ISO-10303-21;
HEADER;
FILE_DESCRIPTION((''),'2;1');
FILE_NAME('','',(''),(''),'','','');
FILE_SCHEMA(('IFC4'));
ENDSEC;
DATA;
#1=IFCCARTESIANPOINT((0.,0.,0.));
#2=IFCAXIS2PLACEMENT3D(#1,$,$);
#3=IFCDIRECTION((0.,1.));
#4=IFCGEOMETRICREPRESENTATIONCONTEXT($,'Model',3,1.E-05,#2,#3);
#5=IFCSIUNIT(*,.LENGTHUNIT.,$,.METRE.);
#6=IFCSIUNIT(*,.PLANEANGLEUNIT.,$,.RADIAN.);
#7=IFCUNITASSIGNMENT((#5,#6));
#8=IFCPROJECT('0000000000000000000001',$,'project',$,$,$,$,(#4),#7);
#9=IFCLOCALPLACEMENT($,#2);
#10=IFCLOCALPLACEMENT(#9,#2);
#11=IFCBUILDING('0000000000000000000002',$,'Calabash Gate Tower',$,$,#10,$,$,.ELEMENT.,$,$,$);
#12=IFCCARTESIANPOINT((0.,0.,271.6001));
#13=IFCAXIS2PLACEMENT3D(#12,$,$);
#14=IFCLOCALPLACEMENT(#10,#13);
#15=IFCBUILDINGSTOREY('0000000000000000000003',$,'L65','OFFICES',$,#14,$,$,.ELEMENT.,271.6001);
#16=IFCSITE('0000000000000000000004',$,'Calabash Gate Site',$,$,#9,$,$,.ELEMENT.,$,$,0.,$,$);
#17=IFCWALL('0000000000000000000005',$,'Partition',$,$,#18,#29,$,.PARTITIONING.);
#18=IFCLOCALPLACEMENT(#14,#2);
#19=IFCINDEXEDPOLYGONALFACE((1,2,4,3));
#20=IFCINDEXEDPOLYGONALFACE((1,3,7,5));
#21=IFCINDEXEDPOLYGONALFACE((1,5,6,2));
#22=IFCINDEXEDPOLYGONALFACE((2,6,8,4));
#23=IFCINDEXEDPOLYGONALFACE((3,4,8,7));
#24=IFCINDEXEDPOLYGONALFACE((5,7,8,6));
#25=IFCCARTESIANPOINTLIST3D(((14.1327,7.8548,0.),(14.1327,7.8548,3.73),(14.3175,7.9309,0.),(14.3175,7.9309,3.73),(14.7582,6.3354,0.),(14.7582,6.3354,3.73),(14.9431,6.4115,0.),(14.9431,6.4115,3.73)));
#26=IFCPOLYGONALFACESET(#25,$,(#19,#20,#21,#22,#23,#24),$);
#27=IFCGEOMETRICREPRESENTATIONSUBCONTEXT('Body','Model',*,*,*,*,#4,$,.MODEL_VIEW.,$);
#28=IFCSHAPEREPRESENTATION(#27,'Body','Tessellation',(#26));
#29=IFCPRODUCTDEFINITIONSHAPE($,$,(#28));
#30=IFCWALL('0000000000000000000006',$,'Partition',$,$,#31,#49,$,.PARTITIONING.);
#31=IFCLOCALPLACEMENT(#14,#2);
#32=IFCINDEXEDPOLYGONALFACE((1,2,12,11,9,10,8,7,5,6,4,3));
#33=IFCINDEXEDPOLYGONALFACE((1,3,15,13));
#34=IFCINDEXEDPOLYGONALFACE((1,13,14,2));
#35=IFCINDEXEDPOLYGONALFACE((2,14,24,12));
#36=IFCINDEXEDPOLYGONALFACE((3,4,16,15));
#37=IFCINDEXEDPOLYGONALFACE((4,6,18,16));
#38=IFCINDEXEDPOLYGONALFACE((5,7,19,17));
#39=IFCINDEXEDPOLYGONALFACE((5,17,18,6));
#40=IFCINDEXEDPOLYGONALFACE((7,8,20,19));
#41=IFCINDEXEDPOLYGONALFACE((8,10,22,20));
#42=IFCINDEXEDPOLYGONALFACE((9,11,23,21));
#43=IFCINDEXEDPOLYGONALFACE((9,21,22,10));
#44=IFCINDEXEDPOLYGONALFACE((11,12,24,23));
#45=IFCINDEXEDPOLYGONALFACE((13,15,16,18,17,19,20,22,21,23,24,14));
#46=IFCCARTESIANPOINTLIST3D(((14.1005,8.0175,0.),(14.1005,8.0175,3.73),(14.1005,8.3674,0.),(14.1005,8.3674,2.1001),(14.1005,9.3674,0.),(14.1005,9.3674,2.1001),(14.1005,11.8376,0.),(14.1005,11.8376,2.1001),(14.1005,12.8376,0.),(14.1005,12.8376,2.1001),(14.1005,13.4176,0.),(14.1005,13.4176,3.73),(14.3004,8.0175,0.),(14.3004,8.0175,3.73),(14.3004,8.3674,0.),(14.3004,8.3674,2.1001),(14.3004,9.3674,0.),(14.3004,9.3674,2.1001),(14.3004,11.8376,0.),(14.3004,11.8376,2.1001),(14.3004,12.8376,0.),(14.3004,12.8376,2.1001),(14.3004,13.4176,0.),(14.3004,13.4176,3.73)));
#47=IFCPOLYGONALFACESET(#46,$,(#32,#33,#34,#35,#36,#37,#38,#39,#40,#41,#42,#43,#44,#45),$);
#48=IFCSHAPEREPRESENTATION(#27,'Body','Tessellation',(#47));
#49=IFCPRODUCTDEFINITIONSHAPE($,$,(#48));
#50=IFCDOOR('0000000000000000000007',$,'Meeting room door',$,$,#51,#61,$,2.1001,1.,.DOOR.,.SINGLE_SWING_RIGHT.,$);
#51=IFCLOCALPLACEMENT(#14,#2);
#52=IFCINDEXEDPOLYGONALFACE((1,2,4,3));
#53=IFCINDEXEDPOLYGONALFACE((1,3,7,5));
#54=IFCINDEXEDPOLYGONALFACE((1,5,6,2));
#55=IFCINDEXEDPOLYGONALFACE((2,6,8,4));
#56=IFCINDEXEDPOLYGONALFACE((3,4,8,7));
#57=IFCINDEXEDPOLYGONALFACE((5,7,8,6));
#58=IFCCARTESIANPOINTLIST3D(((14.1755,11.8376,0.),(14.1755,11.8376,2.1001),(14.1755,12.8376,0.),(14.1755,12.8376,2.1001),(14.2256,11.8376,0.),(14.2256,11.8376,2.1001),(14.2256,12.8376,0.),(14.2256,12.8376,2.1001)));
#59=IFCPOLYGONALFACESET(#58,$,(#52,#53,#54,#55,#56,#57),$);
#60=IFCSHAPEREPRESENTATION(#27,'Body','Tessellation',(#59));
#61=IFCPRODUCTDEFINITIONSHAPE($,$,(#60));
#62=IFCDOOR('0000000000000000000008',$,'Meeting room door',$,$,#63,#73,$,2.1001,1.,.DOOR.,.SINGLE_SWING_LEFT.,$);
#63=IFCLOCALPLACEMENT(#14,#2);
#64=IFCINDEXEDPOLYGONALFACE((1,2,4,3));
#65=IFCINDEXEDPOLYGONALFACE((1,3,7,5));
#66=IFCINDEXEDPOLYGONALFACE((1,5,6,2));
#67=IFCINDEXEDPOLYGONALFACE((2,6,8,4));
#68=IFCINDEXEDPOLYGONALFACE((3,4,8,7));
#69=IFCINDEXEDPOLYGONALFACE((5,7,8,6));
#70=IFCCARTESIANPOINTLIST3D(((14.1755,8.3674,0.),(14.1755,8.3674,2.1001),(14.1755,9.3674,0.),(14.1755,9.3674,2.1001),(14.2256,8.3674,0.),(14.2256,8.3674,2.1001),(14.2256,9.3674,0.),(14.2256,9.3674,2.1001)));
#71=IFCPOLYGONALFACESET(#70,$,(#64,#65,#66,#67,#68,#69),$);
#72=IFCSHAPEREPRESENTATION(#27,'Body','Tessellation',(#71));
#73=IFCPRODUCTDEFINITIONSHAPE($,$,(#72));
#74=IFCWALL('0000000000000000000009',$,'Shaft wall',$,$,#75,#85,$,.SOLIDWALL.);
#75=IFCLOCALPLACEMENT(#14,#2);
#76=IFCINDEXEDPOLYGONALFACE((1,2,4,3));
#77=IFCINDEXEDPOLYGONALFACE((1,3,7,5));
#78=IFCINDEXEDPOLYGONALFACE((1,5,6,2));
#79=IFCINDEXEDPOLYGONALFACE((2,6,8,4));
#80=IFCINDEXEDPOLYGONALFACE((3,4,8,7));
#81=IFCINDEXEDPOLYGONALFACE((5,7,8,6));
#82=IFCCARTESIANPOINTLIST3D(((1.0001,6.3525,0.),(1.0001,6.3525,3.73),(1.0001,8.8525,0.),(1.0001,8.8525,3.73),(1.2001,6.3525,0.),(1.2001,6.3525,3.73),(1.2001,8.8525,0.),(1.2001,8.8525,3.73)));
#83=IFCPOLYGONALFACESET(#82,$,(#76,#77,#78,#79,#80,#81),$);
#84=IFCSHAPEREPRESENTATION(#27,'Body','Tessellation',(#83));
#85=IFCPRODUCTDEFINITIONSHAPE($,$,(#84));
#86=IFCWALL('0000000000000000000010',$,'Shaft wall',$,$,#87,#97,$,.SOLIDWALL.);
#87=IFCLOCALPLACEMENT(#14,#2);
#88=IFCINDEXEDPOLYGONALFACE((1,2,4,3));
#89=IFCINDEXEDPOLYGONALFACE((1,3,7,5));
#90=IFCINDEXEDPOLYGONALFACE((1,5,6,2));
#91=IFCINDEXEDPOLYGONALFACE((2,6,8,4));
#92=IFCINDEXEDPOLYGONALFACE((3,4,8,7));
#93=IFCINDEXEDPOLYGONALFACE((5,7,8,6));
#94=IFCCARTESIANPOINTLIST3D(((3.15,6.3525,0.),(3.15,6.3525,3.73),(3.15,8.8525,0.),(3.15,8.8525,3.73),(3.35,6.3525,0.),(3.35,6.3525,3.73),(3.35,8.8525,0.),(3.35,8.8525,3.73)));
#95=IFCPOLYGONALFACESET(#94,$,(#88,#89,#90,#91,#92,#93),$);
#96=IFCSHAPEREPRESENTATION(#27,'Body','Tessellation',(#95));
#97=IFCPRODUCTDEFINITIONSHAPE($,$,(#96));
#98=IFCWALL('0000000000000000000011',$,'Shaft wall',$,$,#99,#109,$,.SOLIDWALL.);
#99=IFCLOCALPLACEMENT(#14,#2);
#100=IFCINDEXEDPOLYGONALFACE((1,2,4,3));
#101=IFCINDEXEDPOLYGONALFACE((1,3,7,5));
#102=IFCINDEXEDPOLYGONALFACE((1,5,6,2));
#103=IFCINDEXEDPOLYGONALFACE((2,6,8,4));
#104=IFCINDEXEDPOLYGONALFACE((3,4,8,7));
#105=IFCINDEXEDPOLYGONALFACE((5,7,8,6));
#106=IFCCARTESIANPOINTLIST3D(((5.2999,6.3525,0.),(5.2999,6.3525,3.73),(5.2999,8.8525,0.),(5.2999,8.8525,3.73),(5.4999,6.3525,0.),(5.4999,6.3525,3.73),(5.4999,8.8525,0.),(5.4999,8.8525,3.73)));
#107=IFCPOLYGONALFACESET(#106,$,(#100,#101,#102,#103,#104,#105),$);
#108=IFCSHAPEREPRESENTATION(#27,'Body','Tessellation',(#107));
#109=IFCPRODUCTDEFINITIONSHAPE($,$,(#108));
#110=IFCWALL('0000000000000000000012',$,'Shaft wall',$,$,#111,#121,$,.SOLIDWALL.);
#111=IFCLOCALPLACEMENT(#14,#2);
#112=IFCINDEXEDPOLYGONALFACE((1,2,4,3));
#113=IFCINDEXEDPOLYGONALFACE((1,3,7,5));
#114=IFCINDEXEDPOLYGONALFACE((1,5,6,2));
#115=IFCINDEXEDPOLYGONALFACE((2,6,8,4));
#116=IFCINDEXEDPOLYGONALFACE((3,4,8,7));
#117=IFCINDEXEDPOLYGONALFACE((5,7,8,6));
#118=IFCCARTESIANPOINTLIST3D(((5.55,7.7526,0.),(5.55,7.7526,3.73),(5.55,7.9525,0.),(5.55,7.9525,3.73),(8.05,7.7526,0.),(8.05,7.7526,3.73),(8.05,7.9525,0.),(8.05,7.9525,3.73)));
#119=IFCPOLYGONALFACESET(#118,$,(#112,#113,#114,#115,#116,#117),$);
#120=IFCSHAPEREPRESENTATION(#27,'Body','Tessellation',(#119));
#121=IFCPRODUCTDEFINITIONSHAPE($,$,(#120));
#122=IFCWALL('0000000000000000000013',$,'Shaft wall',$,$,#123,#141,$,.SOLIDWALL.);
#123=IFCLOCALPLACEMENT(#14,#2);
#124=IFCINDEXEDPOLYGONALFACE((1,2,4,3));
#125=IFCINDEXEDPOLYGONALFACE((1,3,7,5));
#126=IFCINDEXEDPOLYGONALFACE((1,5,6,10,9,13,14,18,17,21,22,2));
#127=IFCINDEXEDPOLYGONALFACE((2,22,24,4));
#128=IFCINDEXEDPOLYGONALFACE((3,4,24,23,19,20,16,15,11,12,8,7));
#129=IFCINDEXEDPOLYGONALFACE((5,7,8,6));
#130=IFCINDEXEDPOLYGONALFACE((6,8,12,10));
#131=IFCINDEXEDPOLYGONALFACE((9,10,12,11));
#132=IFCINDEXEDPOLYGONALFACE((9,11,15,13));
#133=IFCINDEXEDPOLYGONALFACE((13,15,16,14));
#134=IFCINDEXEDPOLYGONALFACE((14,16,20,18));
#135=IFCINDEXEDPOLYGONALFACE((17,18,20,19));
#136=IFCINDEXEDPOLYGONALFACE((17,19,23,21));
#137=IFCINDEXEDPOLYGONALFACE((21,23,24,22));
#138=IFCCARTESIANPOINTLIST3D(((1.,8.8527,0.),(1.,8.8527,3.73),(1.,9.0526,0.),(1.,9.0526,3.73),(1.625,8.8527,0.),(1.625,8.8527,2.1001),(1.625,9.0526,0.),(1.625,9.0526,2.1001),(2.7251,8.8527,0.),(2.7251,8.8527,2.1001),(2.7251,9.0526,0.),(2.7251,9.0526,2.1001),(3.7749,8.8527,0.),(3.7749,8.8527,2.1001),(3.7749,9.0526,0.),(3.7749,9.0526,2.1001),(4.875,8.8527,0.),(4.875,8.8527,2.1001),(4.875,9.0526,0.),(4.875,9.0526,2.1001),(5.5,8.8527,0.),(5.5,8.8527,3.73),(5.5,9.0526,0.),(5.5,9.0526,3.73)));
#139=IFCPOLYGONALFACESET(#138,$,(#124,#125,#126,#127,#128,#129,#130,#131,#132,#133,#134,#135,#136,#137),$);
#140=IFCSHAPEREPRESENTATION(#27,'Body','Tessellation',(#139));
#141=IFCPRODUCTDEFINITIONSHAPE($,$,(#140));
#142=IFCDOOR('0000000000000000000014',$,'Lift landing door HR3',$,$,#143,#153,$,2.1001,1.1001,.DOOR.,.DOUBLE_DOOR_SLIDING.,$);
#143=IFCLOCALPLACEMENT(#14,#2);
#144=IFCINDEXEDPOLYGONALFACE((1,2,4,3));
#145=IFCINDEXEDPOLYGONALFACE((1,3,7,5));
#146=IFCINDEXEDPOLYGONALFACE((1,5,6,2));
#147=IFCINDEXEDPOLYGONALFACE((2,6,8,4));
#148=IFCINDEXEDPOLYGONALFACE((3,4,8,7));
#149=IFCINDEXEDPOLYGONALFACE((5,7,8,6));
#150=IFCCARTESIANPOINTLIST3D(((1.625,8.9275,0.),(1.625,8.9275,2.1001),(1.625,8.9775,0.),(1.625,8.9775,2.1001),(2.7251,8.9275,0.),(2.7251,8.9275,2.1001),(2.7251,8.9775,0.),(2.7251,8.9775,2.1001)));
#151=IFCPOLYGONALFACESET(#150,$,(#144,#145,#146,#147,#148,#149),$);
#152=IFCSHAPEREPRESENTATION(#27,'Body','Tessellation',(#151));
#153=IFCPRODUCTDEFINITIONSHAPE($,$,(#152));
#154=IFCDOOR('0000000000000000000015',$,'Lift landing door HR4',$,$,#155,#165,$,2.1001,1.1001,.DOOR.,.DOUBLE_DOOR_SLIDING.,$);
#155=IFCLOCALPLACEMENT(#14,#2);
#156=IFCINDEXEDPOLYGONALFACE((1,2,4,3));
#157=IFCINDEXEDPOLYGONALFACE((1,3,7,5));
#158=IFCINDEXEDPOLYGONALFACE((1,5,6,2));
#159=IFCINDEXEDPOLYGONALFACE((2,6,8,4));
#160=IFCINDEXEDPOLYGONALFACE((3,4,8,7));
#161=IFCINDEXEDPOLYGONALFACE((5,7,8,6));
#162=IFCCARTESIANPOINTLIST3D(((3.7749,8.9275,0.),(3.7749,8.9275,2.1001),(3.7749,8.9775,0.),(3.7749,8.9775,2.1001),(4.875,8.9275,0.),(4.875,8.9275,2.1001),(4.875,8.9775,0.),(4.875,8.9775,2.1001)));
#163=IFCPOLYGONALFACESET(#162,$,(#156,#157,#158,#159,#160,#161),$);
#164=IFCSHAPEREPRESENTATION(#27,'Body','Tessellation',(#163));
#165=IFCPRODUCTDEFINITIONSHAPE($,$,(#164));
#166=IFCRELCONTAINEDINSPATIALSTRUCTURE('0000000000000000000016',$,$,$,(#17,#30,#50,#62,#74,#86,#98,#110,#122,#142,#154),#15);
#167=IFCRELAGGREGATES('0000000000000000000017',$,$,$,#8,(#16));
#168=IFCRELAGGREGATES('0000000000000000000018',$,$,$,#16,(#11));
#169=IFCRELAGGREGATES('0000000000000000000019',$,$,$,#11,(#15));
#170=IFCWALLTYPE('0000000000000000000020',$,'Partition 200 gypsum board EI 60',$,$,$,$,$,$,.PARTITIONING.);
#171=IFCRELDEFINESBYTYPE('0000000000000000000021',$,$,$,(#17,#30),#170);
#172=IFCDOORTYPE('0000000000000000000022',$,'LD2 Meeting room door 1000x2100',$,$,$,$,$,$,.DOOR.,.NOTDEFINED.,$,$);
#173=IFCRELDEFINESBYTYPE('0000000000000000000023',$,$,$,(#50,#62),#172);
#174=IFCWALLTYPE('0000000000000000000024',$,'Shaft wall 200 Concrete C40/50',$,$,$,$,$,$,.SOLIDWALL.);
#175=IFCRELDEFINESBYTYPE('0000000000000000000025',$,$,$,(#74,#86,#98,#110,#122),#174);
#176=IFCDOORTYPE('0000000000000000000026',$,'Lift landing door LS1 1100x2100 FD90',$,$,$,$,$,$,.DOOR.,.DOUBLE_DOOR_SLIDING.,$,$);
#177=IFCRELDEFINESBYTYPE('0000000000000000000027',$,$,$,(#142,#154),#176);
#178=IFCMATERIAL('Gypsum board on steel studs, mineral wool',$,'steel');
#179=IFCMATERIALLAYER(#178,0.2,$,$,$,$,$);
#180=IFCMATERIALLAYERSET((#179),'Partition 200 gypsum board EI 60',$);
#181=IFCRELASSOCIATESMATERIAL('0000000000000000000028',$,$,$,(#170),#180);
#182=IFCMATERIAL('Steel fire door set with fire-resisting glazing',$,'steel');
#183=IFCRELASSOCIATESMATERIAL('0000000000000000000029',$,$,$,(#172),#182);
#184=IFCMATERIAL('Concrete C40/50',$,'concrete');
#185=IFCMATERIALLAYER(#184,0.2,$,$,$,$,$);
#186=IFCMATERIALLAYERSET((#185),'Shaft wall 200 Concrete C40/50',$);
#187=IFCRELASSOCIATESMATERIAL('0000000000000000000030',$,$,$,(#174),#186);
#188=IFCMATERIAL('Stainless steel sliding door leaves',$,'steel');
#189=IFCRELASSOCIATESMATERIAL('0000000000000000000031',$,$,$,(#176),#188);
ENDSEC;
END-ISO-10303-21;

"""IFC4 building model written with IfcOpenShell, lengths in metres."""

from ifc_helpers import new_model, si_unit, direction, frame, frame_2d, origin, place, context, subcontext, project, spatial, rectangle, extrude, material, layer, layer_set, type_object, element, fill, save


model = new_model("IFC4")

# Units and contexts
model_context = context("Model", 3, precision=1e-05, world=origin(), true_north=direction((0.0, 1.0)))
body_context = subcontext(model_context, "Body", "Model", "MODEL_VIEW")
ifc_project = project(units=[si_unit("LENGTHUNIT", "METRE"), si_unit("PLANEANGLEUNIT", "RADIAN")], contexts=[model_context])

# Site, building, storey
site_placement = place(None, origin())
site = spatial("IfcSite", under=ifc_project, at=site_placement, Name="Calabash Gate Site", CompositionType="ELEMENT", RefElevation=0.0)
building_placement = place(site_placement, origin())
building = spatial("IfcBuilding", under=site, at=building_placement, Name="Calabash Gate Tower", CompositionType="ELEMENT")
storey_placement = place(building_placement, frame((0.0, 0.0, 271.6001)))
storey = spatial("IfcBuildingStorey", under=building, at=storey_placement, Name="L65", Description="OFFICES", CompositionType="ELEMENT", Elevation=271.6001)

# Wall
ifc_material_1 = material(Name="Gypsum board on steel studs, mineral wool", Category="steel")
ifc_layer_1 = layer(ifc_material_1, 0.2)
ifc_layer_set_1 = layer_set([ifc_layer_1], Name="Partition 200 gypsum board EI 60")
wall_type_1 = type_object("IfcWallType", Name="Partition 200 gypsum board EI 60", PredefinedType="PARTITIONING", material=ifc_layer_set_1)
wall_1_placement = place(storey_placement, frame((14.2251, 7.8928, 0.0), z_axis=(0.0, 0.0, 1.0), x_axis=(0.380697, -0.9247, 0.0)))
element("IfcWall", 1, at=wall_1_placement, inside=storey, type_object=wall_type_1, Name="Partition", PredefinedType="PARTITIONING", context=body_context, shape_type="SweptSolid", body=[
    extrude(rectangle(XDim=1.6431, YDim=0.2, at=frame_2d((0.8215, 0.0))), origin(), (0.0, 0.0, 1.0), 3.73),
])

# Wall, openings, doors
wall_2_placement = place(storey_placement, frame((14.2004, 8.0173, 0.0), z_axis=(0.0, 0.0, 1.0), x_axis=(0.0, 1.0, 0.0)))
wall_2 = element("IfcWall", 2, at=wall_2_placement, inside=storey, type_object=wall_type_1, Name="Partition", PredefinedType="PARTITIONING", context=body_context, shape_type="SweptSolid", body=[
    extrude(rectangle(XDim=5.4001, YDim=0.2, at=frame_2d((2.7002, 0.0))), origin(), (0.0, 0.0, 1.0), 3.73),
])
opening_1_placement = place(wall_2_placement, frame((3.8203, 0.0, 0.0)))
opening_1 = element("IfcOpeningElement", 3, at=opening_1_placement, cuts=wall_2, PredefinedType="OPENING", context=body_context, shape_type="SweptSolid", body=[
    extrude(rectangle(XDim=1.0, YDim=2.1001, at=frame_2d((0.5, 1.05))), frame((0.0, 0.1099, 0.0), z_axis=(0.0, -1.0, 0.0), x_axis=(1.0, 0.0, 0.0)), (0.0, 0.0, 1.0), 0.22),
])
opening_2_placement = place(wall_2_placement, frame((0.3501, 0.0, 0.0)))
opening_2 = element("IfcOpeningElement", 4, at=opening_2_placement, cuts=wall_2, PredefinedType="OPENING", context=body_context, shape_type="SweptSolid", body=[
    extrude(rectangle(XDim=1.0, YDim=2.1001, at=frame_2d((0.5, 1.05))), frame((0.0, 0.1099, 0.0), z_axis=(0.0, -1.0, 0.0), x_axis=(1.0, 0.0, 0.0)), (0.0, 0.0, 1.0), 0.22),
])
ifc_material_2 = material(Name="Steel fire door set with fire-resisting glazing", Category="steel")
door_type_1 = type_object("IfcDoorType", Name="LD2 Meeting room door 1000x2100", OperationType="NOTDEFINED", PredefinedType="DOOR", material=ifc_material_2)
door_1_placement = place(opening_1_placement, origin())
door_1 = element("IfcDoor", 5, at=door_1_placement, inside=storey, type_object=door_type_1, Name="Meeting room door", OperationType="SINGLE_SWING_RIGHT", OverallHeight=2.1001, OverallWidth=1.0, PredefinedType="DOOR", context=body_context, shape_type="SweptSolid", body=[
    extrude(rectangle(XDim=1.0, YDim=2.1001, at=frame_2d((0.5, 1.05))), frame((0.0, 0.0249, 0.0), z_axis=(0.0, -1.0, 0.0), x_axis=(1.0, 0.0, 0.0)), (0.0, 0.0, 1.0), 0.05),
])
fill(opening_1, door_1)
door_2_placement = place(opening_2_placement, origin())
door_2 = element("IfcDoor", 6, at=door_2_placement, inside=storey, type_object=door_type_1, Name="Meeting room door", OperationType="SINGLE_SWING_LEFT", OverallHeight=2.1001, OverallWidth=1.0, PredefinedType="DOOR", context=body_context, shape_type="SweptSolid", body=[
    extrude(rectangle(XDim=1.0, YDim=2.1001, at=frame_2d((0.5, 1.05))), frame((0.0, 0.0249, 0.0), z_axis=(0.0, -1.0, 0.0), x_axis=(1.0, 0.0, 0.0)), (0.0, 0.0, 1.0), 0.05),
])
fill(opening_2, door_2)

# Walls
ifc_material_3 = material(Name="Concrete C40/50", Category="concrete")
ifc_layer_2 = layer(ifc_material_3, 0.2)
ifc_layer_set_2 = layer_set([ifc_layer_2], Name="Shaft wall 200 Concrete C40/50")
wall_type_2 = type_object("IfcWallType", Name="Shaft wall 200 Concrete C40/50", PredefinedType="SOLIDWALL", material=ifc_layer_set_2)
for number, where, z_axis, x_axis, name in (
    (7, (1.1001, 6.3525, 0.0), (0.0, 0.0, 1.0), (0.0, 1.0, 0.0), "Shaft wall"),
    (8, (3.25, 6.3525, 0.0), (0.0, 0.0, 1.0), (0.0, 1.0, 0.0), "Shaft wall"),
    (9, (5.3999, 6.3525, 0.0), (0.0, 0.0, 1.0), (0.0, 1.0, 0.0), "Shaft wall"),
    (10, (5.55, 7.8525, 0.0), (0.0, 0.0, 1.0), (1.0, 0.0, 0.0), "Shaft wall"),
):
    element("IfcWall", number, at=place(storey_placement, frame(where, z_axis=z_axis, x_axis=x_axis)), inside=storey, type_object=wall_type_2, Name=name, PredefinedType="SOLIDWALL", context=body_context, shape_type="SweptSolid", body=[
        extrude(rectangle(XDim=2.5, YDim=0.2, at=frame_2d((1.25, 0.0))), origin(), (0.0, 0.0, 1.0), 3.73),
    ])

# Wall, openings, doors
wall_3_placement = place(storey_placement, frame((1.0, 8.9526, 0.0), z_axis=(0.0, 0.0, 1.0), x_axis=(1.0, 0.0, 0.0)))
wall_3 = element("IfcWall", 11, at=wall_3_placement, inside=storey, type_object=wall_type_2, Name="Shaft wall", PredefinedType="SOLIDWALL", context=body_context, shape_type="SweptSolid", body=[
    extrude(rectangle(XDim=4.5, YDim=0.2, at=frame_2d((2.25, 0.0))), origin(), (0.0, 0.0, 1.0), 3.73),
])
opening_3_placement = place(wall_3_placement, frame((0.625, 0.0, 0.0)))
opening_3 = element("IfcOpeningElement", 12, at=opening_3_placement, cuts=wall_3, PredefinedType="OPENING", context=body_context, shape_type="SweptSolid", body=[
    extrude(rectangle(XDim=1.1001, YDim=2.1001, at=frame_2d((0.55, 1.05))), frame((0.0, 0.1099, 0.0), z_axis=(0.0, -1.0, 0.0), x_axis=(1.0, 0.0, 0.0)), (0.0, 0.0, 1.0), 0.22),
])
opening_4_placement = place(wall_3_placement, frame((2.7749, 0.0, 0.0)))
opening_4 = element("IfcOpeningElement", 13, at=opening_4_placement, cuts=wall_3, PredefinedType="OPENING", context=body_context, shape_type="SweptSolid", body=[
    extrude(rectangle(XDim=1.1001, YDim=2.1001, at=frame_2d((0.55, 1.05))), frame((0.0, 0.1099, 0.0), z_axis=(0.0, -1.0, 0.0), x_axis=(1.0, 0.0, 0.0)), (0.0, 0.0, 1.0), 0.22),
])
ifc_material_4 = material(Name="Stainless steel sliding door leaves", Category="steel")
door_type_2 = type_object("IfcDoorType", Name="Lift landing door LS1 1100x2100 FD90", OperationType="DOUBLE_DOOR_SLIDING", PredefinedType="DOOR", material=ifc_material_4)
door_3_placement = place(opening_3_placement, origin())
door_3 = element("IfcDoor", 14, at=door_3_placement, inside=storey, type_object=door_type_2, Name="Lift landing door HR3", OperationType="DOUBLE_DOOR_SLIDING", OverallHeight=2.1001, OverallWidth=1.1001, PredefinedType="DOOR", context=body_context, shape_type="SweptSolid", body=[
    extrude(rectangle(XDim=1.1001, YDim=2.1001, at=frame_2d((0.55, 1.05))), frame((0.0, 0.0249, 0.0), z_axis=(0.0, -1.0, 0.0), x_axis=(1.0, 0.0, 0.0)), (0.0, 0.0, 1.0), 0.05),
])
fill(opening_3, door_3)
door_4_placement = place(opening_4_placement, origin())
door_4 = element("IfcDoor", 15, at=door_4_placement, inside=storey, type_object=door_type_2, Name="Lift landing door HR4", OperationType="DOUBLE_DOOR_SLIDING", OverallHeight=2.1001, OverallWidth=1.1001, PredefinedType="DOOR", context=body_context, shape_type="SweptSolid", body=[
    extrude(rectangle(XDim=1.1001, YDim=2.1001, at=frame_2d((0.55, 1.05))), frame((0.0, 0.0249, 0.0), z_axis=(0.0, -1.0, 0.0), x_axis=(1.0, 0.0, 0.0)), (0.0, 0.0, 1.0), 0.05),
])
fill(opening_4, door_4)

save(model, "model.ifc")
